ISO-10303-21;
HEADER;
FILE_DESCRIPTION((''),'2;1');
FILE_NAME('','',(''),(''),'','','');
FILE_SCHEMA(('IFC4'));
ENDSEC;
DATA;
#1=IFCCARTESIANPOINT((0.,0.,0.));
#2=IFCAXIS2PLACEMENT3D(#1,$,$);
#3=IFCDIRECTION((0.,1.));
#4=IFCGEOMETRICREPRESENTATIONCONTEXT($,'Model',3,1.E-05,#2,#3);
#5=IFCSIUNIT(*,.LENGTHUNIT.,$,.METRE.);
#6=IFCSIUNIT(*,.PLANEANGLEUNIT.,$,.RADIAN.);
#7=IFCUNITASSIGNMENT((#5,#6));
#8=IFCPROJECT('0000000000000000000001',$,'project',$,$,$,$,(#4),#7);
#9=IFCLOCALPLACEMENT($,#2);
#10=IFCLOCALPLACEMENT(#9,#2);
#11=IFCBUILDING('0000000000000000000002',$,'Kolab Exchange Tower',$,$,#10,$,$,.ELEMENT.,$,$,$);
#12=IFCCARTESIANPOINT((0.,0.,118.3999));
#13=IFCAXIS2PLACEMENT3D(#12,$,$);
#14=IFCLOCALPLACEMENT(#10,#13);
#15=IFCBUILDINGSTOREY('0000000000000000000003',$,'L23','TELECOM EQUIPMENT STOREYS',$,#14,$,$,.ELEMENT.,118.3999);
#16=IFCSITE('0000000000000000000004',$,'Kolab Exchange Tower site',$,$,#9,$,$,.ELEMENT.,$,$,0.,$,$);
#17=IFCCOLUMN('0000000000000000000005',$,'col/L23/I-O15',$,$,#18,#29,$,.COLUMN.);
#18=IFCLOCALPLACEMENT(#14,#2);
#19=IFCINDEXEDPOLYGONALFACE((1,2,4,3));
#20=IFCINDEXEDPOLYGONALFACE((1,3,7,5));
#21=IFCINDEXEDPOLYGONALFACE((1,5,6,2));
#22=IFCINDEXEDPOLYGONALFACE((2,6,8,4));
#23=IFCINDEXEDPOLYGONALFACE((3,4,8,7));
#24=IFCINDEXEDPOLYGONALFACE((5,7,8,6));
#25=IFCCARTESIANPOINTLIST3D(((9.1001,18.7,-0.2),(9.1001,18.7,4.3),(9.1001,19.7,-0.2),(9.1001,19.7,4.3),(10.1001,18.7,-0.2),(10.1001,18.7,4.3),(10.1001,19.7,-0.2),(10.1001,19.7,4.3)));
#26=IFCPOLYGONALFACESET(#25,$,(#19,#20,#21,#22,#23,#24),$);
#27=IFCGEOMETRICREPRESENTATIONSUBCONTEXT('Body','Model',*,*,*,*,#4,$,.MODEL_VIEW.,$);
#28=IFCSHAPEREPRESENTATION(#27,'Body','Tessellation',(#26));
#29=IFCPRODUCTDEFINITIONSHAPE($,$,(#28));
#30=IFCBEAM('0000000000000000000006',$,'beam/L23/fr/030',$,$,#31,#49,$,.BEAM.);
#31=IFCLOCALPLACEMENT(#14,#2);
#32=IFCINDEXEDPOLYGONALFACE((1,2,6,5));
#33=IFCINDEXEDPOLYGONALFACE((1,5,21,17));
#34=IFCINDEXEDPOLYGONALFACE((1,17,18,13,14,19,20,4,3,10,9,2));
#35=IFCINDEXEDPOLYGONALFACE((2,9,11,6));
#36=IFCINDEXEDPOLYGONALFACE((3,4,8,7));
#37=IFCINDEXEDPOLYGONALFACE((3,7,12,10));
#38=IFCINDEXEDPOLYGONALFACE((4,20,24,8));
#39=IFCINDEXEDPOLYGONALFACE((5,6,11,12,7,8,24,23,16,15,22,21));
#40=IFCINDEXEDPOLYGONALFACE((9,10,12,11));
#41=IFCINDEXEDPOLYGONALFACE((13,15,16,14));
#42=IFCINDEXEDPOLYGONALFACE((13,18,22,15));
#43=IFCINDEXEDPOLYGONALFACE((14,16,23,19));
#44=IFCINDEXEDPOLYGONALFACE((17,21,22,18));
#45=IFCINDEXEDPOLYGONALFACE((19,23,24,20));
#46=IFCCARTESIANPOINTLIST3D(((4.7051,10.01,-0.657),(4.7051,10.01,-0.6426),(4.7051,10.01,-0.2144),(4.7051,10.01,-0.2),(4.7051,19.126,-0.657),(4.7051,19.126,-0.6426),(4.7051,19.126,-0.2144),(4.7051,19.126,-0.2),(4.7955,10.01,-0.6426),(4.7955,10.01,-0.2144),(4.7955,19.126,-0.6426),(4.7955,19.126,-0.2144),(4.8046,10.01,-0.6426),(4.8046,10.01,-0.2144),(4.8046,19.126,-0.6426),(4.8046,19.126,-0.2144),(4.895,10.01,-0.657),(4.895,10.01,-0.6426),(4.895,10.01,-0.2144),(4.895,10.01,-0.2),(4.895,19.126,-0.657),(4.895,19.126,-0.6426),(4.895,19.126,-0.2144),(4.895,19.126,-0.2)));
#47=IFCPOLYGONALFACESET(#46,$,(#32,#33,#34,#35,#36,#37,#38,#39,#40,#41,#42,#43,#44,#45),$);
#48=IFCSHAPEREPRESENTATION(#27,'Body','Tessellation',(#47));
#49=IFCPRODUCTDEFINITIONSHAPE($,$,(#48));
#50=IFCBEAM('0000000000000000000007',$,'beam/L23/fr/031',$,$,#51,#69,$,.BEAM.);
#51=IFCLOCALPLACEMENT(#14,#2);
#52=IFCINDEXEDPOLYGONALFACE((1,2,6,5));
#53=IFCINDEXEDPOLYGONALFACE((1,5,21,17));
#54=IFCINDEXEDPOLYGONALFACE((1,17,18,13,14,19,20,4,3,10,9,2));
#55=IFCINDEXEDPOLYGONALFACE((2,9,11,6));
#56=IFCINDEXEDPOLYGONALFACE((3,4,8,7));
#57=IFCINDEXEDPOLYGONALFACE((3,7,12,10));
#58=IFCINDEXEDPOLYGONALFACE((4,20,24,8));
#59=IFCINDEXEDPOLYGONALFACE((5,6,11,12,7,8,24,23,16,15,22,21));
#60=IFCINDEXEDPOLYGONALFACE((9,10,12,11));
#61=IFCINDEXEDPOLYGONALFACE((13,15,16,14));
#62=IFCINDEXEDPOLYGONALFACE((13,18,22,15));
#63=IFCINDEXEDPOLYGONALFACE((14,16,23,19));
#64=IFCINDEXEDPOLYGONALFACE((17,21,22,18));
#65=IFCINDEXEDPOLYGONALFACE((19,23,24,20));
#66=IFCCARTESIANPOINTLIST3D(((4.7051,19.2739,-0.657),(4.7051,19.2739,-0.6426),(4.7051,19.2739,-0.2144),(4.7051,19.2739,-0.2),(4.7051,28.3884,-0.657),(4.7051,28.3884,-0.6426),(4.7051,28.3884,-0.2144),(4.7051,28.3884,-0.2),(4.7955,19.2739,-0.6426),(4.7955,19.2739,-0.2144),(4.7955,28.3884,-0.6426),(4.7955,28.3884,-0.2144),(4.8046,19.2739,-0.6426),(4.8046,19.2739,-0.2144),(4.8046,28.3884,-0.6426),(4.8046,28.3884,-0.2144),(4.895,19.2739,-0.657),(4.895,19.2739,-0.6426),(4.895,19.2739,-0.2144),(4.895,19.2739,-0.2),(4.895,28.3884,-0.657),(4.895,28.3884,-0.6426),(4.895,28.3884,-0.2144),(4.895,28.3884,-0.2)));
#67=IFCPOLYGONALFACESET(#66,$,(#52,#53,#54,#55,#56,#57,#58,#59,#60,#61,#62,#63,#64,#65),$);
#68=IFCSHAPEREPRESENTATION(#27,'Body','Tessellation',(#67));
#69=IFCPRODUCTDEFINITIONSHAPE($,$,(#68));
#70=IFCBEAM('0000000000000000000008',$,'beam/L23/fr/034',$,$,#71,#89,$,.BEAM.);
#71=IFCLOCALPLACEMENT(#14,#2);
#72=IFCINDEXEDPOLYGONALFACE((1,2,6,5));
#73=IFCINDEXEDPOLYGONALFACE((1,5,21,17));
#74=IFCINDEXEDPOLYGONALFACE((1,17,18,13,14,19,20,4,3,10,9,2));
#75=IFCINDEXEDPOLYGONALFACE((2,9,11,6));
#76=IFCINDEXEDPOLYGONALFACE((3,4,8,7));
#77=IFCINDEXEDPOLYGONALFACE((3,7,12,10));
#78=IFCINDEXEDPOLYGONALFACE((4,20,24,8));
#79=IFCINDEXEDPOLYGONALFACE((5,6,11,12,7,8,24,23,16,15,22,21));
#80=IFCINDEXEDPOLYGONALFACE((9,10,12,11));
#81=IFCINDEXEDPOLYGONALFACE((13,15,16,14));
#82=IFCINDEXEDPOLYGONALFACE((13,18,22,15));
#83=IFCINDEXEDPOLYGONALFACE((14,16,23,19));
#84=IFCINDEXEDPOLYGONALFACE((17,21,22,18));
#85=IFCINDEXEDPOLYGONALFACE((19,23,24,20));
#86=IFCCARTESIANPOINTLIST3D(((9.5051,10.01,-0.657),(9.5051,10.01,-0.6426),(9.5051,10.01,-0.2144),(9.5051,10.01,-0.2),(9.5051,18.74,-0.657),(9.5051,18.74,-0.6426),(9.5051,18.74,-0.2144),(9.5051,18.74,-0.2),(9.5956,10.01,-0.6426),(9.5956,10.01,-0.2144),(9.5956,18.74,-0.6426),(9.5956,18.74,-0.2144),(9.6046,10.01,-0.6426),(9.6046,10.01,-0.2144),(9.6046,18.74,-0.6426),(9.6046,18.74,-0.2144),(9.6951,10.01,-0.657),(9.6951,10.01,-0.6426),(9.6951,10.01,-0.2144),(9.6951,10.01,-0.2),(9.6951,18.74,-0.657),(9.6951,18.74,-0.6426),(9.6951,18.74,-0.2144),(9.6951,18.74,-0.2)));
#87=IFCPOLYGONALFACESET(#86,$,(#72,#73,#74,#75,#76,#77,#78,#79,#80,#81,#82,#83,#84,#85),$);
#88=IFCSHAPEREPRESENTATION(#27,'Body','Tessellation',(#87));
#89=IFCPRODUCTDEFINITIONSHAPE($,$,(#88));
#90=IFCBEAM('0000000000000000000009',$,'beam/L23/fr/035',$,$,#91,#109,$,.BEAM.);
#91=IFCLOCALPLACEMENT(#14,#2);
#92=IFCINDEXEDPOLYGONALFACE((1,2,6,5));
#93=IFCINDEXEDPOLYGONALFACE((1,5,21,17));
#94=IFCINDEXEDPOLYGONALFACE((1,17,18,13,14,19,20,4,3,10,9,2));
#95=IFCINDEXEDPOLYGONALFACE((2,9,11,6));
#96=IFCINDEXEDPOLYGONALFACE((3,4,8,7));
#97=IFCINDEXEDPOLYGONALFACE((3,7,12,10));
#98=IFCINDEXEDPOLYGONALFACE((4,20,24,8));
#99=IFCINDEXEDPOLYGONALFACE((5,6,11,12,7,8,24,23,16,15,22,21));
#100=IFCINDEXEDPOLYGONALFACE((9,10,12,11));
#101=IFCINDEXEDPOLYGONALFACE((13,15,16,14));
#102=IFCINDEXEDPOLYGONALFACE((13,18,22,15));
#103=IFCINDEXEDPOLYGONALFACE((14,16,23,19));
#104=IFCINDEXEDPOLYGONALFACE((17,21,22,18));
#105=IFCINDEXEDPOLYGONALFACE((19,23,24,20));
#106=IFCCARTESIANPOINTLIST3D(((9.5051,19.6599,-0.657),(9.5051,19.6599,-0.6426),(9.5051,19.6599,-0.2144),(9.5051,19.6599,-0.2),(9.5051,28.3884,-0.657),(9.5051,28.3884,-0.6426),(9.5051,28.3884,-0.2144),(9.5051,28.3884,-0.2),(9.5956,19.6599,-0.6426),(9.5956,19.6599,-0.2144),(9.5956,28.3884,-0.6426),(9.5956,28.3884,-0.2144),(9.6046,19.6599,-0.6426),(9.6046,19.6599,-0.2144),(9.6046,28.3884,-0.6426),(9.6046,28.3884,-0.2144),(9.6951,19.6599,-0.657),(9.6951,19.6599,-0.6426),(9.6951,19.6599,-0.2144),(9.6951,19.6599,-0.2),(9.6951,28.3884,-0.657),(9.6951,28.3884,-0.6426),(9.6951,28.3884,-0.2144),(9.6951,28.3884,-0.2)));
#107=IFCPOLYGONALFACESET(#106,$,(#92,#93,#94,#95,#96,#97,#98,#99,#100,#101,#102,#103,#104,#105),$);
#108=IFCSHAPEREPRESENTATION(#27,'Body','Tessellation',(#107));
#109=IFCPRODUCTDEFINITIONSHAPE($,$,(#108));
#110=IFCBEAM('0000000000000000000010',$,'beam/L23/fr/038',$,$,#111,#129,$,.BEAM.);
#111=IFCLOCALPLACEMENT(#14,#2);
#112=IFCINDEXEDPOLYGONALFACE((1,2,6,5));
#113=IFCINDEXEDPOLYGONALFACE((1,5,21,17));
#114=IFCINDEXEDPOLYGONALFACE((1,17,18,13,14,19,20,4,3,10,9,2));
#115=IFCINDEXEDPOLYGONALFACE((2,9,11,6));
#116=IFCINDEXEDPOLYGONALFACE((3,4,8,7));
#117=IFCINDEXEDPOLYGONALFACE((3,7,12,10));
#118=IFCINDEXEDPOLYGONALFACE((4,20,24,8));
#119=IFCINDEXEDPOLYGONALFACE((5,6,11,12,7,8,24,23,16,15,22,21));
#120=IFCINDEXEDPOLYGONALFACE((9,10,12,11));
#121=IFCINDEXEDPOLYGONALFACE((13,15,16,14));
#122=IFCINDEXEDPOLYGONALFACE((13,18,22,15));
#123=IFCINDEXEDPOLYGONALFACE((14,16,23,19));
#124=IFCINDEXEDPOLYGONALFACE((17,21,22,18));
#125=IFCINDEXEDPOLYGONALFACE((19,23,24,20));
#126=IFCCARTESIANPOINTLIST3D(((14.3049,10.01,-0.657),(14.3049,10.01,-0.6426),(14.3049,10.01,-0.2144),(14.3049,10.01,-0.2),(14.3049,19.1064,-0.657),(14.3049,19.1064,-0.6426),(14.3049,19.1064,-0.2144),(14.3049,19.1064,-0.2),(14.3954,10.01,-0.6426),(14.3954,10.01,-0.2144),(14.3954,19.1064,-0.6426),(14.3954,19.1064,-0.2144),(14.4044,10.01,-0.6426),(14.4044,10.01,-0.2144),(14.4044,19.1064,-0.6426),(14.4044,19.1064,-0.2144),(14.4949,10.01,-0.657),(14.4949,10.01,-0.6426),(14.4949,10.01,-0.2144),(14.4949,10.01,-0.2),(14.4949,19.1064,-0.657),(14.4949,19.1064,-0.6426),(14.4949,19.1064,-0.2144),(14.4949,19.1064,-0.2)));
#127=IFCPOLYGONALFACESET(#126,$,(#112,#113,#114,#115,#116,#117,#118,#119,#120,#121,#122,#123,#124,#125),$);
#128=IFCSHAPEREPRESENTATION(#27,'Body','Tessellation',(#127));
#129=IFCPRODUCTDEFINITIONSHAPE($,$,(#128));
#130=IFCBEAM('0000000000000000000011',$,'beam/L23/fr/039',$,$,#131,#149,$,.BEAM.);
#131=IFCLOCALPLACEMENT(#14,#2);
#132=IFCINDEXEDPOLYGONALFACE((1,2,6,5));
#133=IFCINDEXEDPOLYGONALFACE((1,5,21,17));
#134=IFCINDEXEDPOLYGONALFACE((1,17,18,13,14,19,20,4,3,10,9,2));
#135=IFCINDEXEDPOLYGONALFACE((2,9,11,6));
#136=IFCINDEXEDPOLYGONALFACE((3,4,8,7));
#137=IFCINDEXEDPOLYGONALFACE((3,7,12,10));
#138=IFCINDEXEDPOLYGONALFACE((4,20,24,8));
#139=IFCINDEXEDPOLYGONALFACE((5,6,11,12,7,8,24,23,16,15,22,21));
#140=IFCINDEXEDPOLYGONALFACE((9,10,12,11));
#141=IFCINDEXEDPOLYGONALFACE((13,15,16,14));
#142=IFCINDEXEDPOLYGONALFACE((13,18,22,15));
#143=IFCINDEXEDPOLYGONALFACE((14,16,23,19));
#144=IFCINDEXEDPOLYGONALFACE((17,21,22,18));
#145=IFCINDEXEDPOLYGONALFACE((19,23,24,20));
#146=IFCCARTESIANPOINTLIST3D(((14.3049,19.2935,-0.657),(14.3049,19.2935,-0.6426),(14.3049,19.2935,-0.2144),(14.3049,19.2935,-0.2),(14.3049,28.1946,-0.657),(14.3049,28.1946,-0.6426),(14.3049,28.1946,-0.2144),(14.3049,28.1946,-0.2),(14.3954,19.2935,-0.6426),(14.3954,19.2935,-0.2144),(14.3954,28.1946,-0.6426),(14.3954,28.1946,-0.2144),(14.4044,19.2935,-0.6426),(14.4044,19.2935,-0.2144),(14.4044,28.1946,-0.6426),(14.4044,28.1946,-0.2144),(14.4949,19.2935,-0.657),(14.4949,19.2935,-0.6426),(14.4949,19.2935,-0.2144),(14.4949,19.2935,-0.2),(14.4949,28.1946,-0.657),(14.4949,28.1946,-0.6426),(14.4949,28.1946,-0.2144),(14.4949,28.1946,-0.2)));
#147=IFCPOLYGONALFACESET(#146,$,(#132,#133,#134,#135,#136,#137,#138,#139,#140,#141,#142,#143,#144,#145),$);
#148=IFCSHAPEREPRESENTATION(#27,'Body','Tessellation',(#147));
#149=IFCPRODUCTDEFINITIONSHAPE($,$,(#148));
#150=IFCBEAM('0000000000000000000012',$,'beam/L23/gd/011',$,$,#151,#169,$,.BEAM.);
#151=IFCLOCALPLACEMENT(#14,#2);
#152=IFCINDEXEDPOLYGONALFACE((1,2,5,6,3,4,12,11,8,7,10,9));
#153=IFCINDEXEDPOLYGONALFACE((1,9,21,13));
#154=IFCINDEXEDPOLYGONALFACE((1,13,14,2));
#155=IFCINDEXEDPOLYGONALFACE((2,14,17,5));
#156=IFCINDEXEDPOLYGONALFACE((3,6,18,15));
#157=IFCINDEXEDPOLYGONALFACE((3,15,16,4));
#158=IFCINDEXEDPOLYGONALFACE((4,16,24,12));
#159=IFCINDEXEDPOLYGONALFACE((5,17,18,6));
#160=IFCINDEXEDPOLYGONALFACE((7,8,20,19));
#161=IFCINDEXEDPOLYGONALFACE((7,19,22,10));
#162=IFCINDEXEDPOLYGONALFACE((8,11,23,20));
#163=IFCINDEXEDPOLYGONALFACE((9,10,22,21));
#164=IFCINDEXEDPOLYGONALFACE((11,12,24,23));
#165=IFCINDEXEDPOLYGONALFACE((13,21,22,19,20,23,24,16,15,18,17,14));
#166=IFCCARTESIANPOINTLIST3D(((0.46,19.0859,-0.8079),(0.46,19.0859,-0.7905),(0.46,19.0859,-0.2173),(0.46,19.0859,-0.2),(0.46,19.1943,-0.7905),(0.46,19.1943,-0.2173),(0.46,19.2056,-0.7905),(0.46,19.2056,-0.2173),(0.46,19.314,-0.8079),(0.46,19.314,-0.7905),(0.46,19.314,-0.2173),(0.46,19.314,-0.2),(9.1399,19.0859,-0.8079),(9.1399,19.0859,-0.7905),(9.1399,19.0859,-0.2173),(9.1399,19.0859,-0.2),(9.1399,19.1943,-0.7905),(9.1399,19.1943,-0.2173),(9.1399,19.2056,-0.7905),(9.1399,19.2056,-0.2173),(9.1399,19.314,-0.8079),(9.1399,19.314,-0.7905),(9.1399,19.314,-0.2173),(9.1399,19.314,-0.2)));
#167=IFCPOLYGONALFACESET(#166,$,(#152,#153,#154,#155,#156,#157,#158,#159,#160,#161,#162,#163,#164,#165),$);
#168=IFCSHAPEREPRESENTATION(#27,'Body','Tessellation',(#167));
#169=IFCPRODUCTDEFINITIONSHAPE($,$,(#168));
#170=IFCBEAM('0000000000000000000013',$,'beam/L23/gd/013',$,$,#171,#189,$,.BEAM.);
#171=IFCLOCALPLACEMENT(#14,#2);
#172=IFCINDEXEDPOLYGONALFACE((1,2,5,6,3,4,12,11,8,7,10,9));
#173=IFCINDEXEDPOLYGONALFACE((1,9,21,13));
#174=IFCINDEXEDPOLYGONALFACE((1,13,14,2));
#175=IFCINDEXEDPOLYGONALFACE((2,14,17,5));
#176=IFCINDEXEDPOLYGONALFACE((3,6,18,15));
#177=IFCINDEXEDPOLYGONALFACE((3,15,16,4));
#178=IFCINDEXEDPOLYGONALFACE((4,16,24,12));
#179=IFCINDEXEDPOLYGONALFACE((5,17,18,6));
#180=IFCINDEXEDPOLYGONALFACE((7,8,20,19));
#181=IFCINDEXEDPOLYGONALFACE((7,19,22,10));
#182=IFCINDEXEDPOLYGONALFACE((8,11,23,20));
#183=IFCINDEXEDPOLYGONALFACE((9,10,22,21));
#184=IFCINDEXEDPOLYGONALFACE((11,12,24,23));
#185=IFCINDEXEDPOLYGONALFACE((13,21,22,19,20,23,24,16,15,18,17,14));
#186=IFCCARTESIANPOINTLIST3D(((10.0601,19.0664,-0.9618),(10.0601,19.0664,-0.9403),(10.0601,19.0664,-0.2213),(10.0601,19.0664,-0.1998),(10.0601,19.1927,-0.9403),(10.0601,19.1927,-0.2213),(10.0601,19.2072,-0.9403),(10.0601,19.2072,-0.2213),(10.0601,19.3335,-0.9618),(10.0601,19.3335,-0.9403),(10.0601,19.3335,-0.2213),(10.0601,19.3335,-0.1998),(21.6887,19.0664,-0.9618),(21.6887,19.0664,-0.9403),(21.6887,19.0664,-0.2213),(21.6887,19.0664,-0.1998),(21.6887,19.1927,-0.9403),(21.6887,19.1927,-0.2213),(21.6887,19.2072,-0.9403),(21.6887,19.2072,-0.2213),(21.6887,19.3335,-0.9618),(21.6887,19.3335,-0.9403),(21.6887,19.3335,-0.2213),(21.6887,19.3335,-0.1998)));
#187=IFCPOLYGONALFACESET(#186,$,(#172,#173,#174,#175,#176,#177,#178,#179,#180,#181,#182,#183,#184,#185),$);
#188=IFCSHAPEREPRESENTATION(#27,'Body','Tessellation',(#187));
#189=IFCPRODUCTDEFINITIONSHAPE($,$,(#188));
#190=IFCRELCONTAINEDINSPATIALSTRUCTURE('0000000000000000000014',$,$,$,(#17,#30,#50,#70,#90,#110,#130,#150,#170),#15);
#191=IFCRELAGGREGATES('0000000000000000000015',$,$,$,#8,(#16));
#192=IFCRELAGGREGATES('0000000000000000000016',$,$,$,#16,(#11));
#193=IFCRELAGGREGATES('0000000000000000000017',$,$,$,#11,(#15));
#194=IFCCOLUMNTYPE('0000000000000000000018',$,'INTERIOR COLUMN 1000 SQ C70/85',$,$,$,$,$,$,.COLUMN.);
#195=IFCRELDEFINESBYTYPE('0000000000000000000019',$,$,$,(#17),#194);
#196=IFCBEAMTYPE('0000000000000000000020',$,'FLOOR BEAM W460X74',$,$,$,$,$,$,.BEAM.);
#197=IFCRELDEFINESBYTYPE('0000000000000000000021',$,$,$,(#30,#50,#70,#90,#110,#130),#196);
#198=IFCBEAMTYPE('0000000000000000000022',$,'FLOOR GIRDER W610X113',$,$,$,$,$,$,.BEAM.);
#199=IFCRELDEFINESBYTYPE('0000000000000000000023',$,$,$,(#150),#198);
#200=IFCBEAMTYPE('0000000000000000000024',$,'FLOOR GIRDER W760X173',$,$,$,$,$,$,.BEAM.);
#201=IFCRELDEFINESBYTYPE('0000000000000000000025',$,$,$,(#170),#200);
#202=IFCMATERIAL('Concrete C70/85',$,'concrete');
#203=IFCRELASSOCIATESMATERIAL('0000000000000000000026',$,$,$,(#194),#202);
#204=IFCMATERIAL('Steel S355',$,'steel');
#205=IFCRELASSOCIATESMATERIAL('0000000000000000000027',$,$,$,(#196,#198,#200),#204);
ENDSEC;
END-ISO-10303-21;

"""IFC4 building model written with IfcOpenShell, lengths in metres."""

from ifc_helpers import new_model, si_unit, direction, frame, origin, origin_2d, place, context, subcontext, project, spatial, rectangle, i_section, extrude, material, material_profile, profile_set, type_object, element, save


model = new_model("IFC4")

# Units and contexts
model_context = context("Model", 3, precision=1e-05, world=origin(), true_north=direction((0.0, 1.0)))
body_context = subcontext(model_context, "Body", "Model", "MODEL_VIEW")
ifc_project = project(units=[si_unit("LENGTHUNIT", "METRE"), si_unit("PLANEANGLEUNIT", "RADIAN")], contexts=[model_context])

# Site, building, storey
site_placement = place(None, origin())
site = spatial("IfcSite", under=ifc_project, at=site_placement, Name="Kolab Exchange Tower site", CompositionType="ELEMENT", RefElevation=0.0)
building_placement = place(site_placement, origin())
building = spatial("IfcBuilding", under=site, at=building_placement, Name="Kolab Exchange Tower", CompositionType="ELEMENT")
storey_placement = place(building_placement, frame((0.0, 0.0, 118.3999)))
storey = spatial("IfcBuildingStorey", under=building, at=storey_placement, Name="L23", Description="TELECOM EQUIPMENT STOREYS", CompositionType="ELEMENT", Elevation=118.3999)

# Column
ifc_material_1 = material(Name="Concrete C70/85", Category="concrete")
ifc_material_profile_1 = material_profile(ifc_material_1, rectangle(XDim=1.0, YDim=1.0, at=origin_2d()), Name="RC1000")
ifc_profile_set_1 = profile_set([ifc_material_profile_1], Name="Concrete C70/85")
column_type = type_object("IfcColumnType", Name="INTERIOR COLUMN 1000 SQ C70/85", PredefinedType="COLUMN", material=ifc_profile_set_1)
column_placement = place(storey_placement, frame((9.6001, 19.2, -0.2), z_axis=(0.0, 0.0, 1.0), x_axis=(1.0, 0.0, 0.0)))
element("IfcColumn", 1, at=column_placement, inside=storey, type_object=column_type, Name="col/L23/I-O15", PredefinedType="COLUMN", context=body_context, shape_type="SweptSolid", body=[
    extrude(rectangle(XDim=1.0, YDim=1.0, at=origin_2d()), origin(), (0.0, 0.0, 1.0), 4.5),
])

# Beams
ifc_material_2 = material(Name="Steel S355", Category="steel")
ifc_material_profile_2 = material_profile(ifc_material_2, i_section(OverallWidth=0.1899, OverallDepth=0.457, WebThickness=0.009, FlangeThickness=0.0144, at=origin_2d()), Name="W460X74")
ifc_profile_set_2 = profile_set([ifc_material_profile_2], Name="Steel S355")
beam_type_1 = type_object("IfcBeamType", Name="FLOOR BEAM W460X74", PredefinedType="BEAM", material=ifc_profile_set_2)
beam_1_placement = place(storey_placement, frame((4.8, 10.01, -0.4285), z_axis=(0.0, 1.0, 0.0), x_axis=(-1.0, 0.0, 0.0)))
element("IfcBeam", 2, at=beam_1_placement, inside=storey, type_object=beam_type_1, Name="beam/L23/fr/030", PredefinedType="BEAM", context=body_context, shape_type="SweptSolid", body=[
    extrude(i_section(OverallWidth=0.1899, OverallDepth=0.457, WebThickness=0.009, FlangeThickness=0.0144, at=origin_2d()), origin(), (0.0, 0.0, 1.0), 9.116),
])
beam_2_placement = place(storey_placement, frame((4.8, 19.2739, -0.4285), z_axis=(0.0, 1.0, 0.0), x_axis=(-1.0, 0.0, 0.0)))
element("IfcBeam", 3, at=beam_2_placement, inside=storey, type_object=beam_type_1, Name="beam/L23/fr/031", PredefinedType="BEAM", context=body_context, shape_type="SweptSolid", body=[
    extrude(i_section(OverallWidth=0.1899, OverallDepth=0.457, WebThickness=0.009, FlangeThickness=0.0144, at=origin_2d()), origin(), (0.0, 0.0, 1.0), 9.1145),
])
beam_3_placement = place(storey_placement, frame((9.6001, 10.01, -0.4285), z_axis=(0.0, 1.0, 0.0), x_axis=(-1.0, 0.0, 0.0)))
element("IfcBeam", 4, at=beam_3_placement, inside=storey, type_object=beam_type_1, Name="beam/L23/fr/034", PredefinedType="BEAM", context=body_context, shape_type="SweptSolid", body=[
    extrude(i_section(OverallWidth=0.1899, OverallDepth=0.457, WebThickness=0.009, FlangeThickness=0.0144, at=origin_2d()), origin(), (0.0, 0.0, 1.0), 8.73),
])
beam_4_placement = place(storey_placement, frame((9.6001, 19.6599, -0.4285), z_axis=(0.0, 1.0, 0.0), x_axis=(-1.0, 0.0, 0.0)))
element("IfcBeam", 5, at=beam_4_placement, inside=storey, type_object=beam_type_1, Name="beam/L23/fr/035", PredefinedType="BEAM", context=body_context, shape_type="SweptSolid", body=[
    extrude(i_section(OverallWidth=0.1899, OverallDepth=0.457, WebThickness=0.009, FlangeThickness=0.0144, at=origin_2d()), origin(), (0.0, 0.0, 1.0), 8.7285),
])
beam_5_placement = place(storey_placement, frame((14.3999, 10.01, -0.4285), z_axis=(0.0, 1.0, 0.0), x_axis=(-1.0, 0.0, 0.0)))
element("IfcBeam", 6, at=beam_5_placement, inside=storey, type_object=beam_type_1, Name="beam/L23/fr/038", PredefinedType="BEAM", context=body_context, shape_type="SweptSolid", body=[
    extrude(i_section(OverallWidth=0.1899, OverallDepth=0.457, WebThickness=0.009, FlangeThickness=0.0144, at=origin_2d()), origin(), (0.0, 0.0, 1.0), 9.0964),
])
beam_6_placement = place(storey_placement, frame((14.3999, 19.2935, -0.4285), z_axis=(0.0, 1.0, 0.0), x_axis=(-1.0, 0.0, 0.0)))
element("IfcBeam", 7, at=beam_6_placement, inside=storey, type_object=beam_type_1, Name="beam/L23/fr/039", PredefinedType="BEAM", context=body_context, shape_type="SweptSolid", body=[
    extrude(i_section(OverallWidth=0.1899, OverallDepth=0.457, WebThickness=0.009, FlangeThickness=0.0144, at=origin_2d()), origin(), (0.0, 0.0, 1.0), 8.9011),
])
ifc_material_profile_3 = material_profile(ifc_material_2, i_section(OverallWidth=0.228, OverallDepth=0.6079, WebThickness=0.0112, FlangeThickness=0.0173, at=origin_2d()), Name="W610X113")
ifc_profile_set_3 = profile_set([ifc_material_profile_3], Name="Steel S355")
beam_type_2 = type_object("IfcBeamType", Name="FLOOR GIRDER W610X113", PredefinedType="BEAM", material=ifc_profile_set_3)
beam_7_placement = place(storey_placement, frame((0.46, 19.2, -0.5039), z_axis=(1.0, 0.0, 0.0), x_axis=(0.0, 1.0, 0.0)))
element("IfcBeam", 8, at=beam_7_placement, inside=storey, type_object=beam_type_2, Name="beam/L23/gd/011", PredefinedType="BEAM", context=body_context, shape_type="SweptSolid", body=[
    extrude(i_section(OverallWidth=0.228, OverallDepth=0.6079, WebThickness=0.0112, FlangeThickness=0.0173, at=origin_2d()), origin(), (0.0, 0.0, 1.0), 8.6799),
])
ifc_material_profile_4 = material_profile(ifc_material_2, i_section(OverallWidth=0.2671, OverallDepth=0.762, WebThickness=0.0144, FlangeThickness=0.0215, at=origin_2d()), Name="W760X173")
ifc_profile_set_4 = profile_set([ifc_material_profile_4], Name="Steel S355")
beam_type_3 = type_object("IfcBeamType", Name="FLOOR GIRDER W760X173", PredefinedType="BEAM", material=ifc_profile_set_4)
beam_8_placement = place(storey_placement, frame((10.0601, 19.2, -0.5808), z_axis=(1.0, 0.0, 0.0), x_axis=(0.0, 1.0, 0.0)))
element("IfcBeam", 9, at=beam_8_placement, inside=storey, type_object=beam_type_3, Name="beam/L23/gd/013", PredefinedType="BEAM", context=body_context, shape_type="SweptSolid", body=[
    extrude(i_section(OverallWidth=0.2671, OverallDepth=0.762, WebThickness=0.0144, FlangeThickness=0.0215, at=origin_2d()), origin(), (0.0, 0.0, 1.0), 11.6287),
])

save(model, "model.ifc")
